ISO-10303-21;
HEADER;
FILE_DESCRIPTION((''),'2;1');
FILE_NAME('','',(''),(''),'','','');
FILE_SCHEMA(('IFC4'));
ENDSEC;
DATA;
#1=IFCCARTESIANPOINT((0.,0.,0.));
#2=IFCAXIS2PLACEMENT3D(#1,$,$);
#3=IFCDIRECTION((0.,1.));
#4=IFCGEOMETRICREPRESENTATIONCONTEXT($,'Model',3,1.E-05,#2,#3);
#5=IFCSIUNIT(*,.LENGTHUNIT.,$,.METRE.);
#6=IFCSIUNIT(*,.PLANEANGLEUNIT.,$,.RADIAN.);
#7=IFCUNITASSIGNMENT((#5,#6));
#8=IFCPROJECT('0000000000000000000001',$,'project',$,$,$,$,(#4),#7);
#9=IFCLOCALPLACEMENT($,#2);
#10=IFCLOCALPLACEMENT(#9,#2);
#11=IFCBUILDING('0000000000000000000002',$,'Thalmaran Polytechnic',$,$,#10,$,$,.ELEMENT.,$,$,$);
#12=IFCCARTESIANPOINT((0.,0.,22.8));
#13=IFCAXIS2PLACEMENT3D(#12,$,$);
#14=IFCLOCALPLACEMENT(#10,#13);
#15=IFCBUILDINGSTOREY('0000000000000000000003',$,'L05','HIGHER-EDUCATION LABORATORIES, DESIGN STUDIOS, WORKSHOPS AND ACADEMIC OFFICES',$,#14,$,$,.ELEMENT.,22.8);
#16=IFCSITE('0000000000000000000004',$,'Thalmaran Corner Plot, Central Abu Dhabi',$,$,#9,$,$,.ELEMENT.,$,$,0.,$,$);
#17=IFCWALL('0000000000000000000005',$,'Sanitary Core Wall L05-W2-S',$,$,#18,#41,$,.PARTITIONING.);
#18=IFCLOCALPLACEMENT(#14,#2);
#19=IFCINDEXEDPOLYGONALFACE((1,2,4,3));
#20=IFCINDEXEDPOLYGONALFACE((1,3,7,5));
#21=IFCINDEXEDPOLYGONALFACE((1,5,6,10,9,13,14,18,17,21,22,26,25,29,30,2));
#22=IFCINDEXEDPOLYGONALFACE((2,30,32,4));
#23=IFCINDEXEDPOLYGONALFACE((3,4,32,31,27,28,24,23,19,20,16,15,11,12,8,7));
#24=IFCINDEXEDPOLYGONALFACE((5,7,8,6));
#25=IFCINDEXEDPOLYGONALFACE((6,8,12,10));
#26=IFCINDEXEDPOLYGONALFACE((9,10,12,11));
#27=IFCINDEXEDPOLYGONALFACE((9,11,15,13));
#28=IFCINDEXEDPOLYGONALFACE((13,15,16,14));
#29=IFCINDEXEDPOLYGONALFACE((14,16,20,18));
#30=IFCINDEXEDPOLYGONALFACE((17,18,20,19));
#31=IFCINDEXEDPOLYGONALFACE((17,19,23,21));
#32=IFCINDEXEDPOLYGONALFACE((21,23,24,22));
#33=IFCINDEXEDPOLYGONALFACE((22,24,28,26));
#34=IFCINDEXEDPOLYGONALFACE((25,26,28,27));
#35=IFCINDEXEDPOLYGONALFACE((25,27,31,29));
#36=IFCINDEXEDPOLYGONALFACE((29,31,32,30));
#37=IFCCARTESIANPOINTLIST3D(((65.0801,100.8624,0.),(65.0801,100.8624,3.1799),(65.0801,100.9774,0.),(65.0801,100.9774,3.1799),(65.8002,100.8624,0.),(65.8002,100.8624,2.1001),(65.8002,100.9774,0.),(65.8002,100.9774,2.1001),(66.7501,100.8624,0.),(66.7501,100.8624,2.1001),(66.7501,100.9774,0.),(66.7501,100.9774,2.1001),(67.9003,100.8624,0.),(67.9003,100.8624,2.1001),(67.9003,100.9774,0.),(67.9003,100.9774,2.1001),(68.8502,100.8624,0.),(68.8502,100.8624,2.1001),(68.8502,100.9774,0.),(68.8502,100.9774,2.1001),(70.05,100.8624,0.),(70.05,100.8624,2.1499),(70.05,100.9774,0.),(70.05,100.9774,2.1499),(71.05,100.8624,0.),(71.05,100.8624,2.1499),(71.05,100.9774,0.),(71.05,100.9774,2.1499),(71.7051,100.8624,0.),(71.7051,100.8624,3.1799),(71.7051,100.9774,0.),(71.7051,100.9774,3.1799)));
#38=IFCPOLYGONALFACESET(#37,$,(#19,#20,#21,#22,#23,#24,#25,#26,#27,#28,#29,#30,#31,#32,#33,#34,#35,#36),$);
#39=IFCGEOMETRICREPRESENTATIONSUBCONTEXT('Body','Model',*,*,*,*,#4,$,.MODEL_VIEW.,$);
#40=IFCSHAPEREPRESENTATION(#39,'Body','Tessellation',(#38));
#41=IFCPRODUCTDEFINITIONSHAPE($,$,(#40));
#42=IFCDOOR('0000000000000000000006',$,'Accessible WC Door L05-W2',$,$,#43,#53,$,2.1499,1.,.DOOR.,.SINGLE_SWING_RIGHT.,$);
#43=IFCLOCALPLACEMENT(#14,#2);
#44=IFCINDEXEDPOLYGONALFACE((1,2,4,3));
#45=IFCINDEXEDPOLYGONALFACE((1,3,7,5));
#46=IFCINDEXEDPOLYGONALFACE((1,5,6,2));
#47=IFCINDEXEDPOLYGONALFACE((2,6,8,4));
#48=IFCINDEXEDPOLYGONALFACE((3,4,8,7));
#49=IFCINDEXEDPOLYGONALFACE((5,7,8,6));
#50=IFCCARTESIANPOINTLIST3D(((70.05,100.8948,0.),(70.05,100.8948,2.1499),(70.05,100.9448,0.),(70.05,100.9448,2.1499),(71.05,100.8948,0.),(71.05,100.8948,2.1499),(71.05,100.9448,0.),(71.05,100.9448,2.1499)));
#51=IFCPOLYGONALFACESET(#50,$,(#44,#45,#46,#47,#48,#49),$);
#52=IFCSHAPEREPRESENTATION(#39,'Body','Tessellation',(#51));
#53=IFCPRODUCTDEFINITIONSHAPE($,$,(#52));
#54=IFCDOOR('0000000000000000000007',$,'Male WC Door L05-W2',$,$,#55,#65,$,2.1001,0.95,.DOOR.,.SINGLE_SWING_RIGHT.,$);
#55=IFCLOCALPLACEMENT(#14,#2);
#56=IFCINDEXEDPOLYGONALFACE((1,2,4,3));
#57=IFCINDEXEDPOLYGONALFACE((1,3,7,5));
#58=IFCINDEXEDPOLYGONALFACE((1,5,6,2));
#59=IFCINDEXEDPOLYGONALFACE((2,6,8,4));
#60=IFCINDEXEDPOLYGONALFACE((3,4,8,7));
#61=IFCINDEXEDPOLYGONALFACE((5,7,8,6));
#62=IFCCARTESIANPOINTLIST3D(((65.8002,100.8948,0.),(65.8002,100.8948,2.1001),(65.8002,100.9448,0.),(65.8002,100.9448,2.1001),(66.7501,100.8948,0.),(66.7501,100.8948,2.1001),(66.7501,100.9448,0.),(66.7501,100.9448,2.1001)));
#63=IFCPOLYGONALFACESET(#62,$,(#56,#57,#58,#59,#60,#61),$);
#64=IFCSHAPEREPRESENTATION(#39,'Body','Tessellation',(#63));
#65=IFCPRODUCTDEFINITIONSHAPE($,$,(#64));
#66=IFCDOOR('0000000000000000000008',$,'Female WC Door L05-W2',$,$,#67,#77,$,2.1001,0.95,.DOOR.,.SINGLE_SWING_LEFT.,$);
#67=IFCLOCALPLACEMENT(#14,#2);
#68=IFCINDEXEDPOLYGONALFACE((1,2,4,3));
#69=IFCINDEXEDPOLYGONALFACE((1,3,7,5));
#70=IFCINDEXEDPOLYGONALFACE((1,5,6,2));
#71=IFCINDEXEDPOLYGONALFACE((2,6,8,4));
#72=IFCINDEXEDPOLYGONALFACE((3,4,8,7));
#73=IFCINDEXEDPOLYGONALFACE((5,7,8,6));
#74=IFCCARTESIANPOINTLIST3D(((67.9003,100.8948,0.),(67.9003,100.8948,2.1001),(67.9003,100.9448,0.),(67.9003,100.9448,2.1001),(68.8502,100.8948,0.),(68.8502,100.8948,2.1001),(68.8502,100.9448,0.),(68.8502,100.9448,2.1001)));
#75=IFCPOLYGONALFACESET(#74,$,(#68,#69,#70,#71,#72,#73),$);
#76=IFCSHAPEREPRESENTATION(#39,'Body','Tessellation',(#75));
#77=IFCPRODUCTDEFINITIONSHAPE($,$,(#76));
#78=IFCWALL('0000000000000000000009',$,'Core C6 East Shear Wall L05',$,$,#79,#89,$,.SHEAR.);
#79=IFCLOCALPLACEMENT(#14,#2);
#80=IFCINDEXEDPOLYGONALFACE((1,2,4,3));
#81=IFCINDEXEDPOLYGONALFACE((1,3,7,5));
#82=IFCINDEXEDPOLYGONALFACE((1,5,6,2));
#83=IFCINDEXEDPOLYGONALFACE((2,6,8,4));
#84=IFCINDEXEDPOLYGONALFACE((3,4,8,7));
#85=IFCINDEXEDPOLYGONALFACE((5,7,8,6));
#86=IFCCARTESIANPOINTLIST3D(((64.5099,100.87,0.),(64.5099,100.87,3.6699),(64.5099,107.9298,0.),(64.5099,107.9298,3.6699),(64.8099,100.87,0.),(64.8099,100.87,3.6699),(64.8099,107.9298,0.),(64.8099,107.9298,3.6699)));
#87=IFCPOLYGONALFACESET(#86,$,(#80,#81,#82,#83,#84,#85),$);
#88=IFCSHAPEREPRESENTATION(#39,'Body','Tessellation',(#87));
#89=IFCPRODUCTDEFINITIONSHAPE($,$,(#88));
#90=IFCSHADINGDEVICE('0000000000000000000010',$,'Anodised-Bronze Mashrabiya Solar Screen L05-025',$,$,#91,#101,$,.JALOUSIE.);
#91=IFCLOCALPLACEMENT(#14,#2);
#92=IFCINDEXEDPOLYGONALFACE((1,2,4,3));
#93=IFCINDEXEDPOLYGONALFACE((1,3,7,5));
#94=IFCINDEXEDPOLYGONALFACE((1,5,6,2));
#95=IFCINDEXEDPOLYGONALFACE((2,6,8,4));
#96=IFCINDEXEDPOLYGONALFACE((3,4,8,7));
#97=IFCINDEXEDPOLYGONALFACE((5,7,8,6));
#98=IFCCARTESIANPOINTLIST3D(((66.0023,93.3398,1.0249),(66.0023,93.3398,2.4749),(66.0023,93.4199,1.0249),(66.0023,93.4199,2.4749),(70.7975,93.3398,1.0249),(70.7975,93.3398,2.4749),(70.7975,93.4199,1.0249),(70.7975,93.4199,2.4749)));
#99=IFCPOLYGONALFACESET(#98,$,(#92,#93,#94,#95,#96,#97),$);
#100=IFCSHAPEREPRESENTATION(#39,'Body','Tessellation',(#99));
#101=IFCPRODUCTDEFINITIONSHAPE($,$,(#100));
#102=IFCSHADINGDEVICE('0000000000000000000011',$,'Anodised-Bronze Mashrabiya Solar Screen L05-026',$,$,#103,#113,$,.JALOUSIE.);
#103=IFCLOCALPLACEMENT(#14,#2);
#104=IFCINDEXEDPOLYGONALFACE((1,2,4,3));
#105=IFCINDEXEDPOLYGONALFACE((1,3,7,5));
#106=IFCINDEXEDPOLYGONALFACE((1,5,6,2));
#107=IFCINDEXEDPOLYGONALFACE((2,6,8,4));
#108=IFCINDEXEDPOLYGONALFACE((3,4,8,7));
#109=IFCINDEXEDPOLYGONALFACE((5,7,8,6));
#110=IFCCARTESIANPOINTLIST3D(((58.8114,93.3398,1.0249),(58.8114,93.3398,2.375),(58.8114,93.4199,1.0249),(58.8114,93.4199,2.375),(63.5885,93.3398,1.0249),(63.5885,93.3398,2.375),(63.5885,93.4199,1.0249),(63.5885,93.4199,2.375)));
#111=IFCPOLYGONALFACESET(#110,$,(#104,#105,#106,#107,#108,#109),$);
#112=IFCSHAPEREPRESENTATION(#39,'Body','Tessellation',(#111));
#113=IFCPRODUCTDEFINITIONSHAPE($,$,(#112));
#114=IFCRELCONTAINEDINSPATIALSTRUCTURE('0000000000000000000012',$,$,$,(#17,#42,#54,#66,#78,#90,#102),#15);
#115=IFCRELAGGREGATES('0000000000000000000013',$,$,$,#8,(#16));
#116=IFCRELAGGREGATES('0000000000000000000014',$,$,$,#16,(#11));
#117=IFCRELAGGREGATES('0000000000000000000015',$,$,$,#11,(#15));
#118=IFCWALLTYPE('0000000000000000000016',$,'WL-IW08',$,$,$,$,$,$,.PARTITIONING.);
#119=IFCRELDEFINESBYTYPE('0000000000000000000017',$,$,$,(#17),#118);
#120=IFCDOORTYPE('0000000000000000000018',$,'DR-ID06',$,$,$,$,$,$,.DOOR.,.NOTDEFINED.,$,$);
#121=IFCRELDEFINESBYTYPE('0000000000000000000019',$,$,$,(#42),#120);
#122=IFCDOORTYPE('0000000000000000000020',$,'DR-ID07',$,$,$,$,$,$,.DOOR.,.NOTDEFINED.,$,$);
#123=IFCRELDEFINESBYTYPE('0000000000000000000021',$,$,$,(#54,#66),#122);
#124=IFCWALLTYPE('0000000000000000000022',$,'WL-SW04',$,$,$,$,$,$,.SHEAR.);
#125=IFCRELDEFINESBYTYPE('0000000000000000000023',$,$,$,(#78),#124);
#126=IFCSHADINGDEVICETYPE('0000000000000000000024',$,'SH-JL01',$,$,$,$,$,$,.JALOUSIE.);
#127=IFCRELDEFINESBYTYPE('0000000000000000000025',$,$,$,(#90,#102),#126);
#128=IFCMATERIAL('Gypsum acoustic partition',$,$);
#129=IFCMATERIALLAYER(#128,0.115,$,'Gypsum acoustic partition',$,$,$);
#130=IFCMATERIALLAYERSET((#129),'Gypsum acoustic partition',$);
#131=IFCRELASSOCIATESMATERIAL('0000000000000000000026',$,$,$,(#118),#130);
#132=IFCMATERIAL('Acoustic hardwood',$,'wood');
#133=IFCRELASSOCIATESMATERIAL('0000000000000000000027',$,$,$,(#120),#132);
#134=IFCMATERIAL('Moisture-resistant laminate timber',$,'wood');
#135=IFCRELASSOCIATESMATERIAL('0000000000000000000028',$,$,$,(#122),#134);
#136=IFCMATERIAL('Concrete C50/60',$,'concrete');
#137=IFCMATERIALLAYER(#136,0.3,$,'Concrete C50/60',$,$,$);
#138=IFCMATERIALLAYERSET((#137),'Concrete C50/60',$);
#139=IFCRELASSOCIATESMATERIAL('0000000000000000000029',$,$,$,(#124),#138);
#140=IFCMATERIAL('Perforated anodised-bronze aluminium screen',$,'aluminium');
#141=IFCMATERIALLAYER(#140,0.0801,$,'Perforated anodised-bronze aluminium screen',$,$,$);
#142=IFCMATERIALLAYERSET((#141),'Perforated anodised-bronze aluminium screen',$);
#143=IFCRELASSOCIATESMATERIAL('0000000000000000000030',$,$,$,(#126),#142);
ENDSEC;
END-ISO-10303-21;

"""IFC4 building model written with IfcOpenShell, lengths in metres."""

from ifc_helpers import new_model, si_unit, direction, frame, frame_2d, origin, origin_2d, place, context, subcontext, project, spatial, rectangle, extrude, material, layer, layer_set, type_object, element, fill, save


model = new_model("IFC4")

# Units and contexts
model_context = context("Model", 3, precision=1e-05, world=origin(), true_north=direction((0.0, 1.0)))
body_context = subcontext(model_context, "Body", "Model", "MODEL_VIEW")
ifc_project = project(units=[si_unit("LENGTHUNIT", "METRE"), si_unit("PLANEANGLEUNIT", "RADIAN")], contexts=[model_context])

# Site, building, storey
site_placement = place(None, origin())
site = spatial("IfcSite", under=ifc_project, at=site_placement, Name="Thalmaran Corner Plot, Central Abu Dhabi", CompositionType="ELEMENT", RefElevation=0.0)
building_placement = place(site_placement, origin())
building = spatial("IfcBuilding", under=site, at=building_placement, Name="Thalmaran Polytechnic", CompositionType="ELEMENT")
storey_placement = place(building_placement, frame((0.0, 0.0, 22.8)))
storey = spatial("IfcBuildingStorey", under=building, at=storey_placement, Name="L05", Description="HIGHER-EDUCATION LABORATORIES, DESIGN STUDIOS, WORKSHOPS AND ACADEMIC OFFICES", CompositionType="ELEMENT", Elevation=22.8)

# Wall, openings, doors
ifc_material_1 = material(Name="Gypsum acoustic partition")
ifc_layer_1 = layer(ifc_material_1, 0.115, Name="Gypsum acoustic partition")
ifc_layer_set_1 = layer_set([ifc_layer_1], Name="Gypsum acoustic partition")
wall_type_1 = type_object("IfcWallType", Name="WL-IW08", PredefinedType="PARTITIONING", material=ifc_layer_set_1)
wall_1_placement = place(storey_placement, frame((65.0801, 100.9199, 0.0), z_axis=(0.0, 0.0, 1.0), x_axis=(1.0, 0.0, 0.0)))
wall_1 = element("IfcWall", 1, at=wall_1_placement, inside=storey, type_object=wall_type_1, Name="Sanitary Core Wall L05-W2-S", PredefinedType="PARTITIONING", context=body_context, shape_type="SweptSolid", body=[
    extrude(rectangle(XDim=6.625, YDim=0.115, at=frame_2d((3.3125, 0.0))), origin(), (0.0, 0.0, 1.0), 3.1799),
])
opening_1_placement = place(wall_1_placement, frame((0.72, 0.0, 0.0)))
opening_1 = element("IfcOpeningElement", 2, at=opening_1_placement, cuts=wall_1, PredefinedType="OPENING", context=body_context, shape_type="SweptSolid", body=[
    extrude(rectangle(XDim=0.95, YDim=2.1001, at=frame_2d((0.4751, 1.05))), frame((0.0, 0.0674, 0.0), z_axis=(0.0, -1.0, 0.0), x_axis=(1.0, 0.0, 0.0)), (0.0, 0.0, 1.0), 0.135),
])
opening_2_placement = place(wall_1_placement, frame((2.8201, 0.0, 0.0)))
opening_2 = element("IfcOpeningElement", 3, at=opening_2_placement, cuts=wall_1, PredefinedType="OPENING", context=body_context, shape_type="SweptSolid", body=[
    extrude(rectangle(XDim=0.95, YDim=2.1001, at=frame_2d((0.4751, 1.05))), frame((0.0, 0.0674, 0.0), z_axis=(0.0, -1.0, 0.0), x_axis=(1.0, 0.0, 0.0)), (0.0, 0.0, 1.0), 0.135),
])
opening_3_placement = place(wall_1_placement, frame((4.97, 0.0, 0.0)))
opening_3 = element("IfcOpeningElement", 4, at=opening_3_placement, cuts=wall_1, PredefinedType="OPENING", context=body_context, shape_type="SweptSolid", body=[
    extrude(rectangle(XDim=1.0, YDim=2.1499, at=frame_2d((0.5, 1.075))), frame((0.0, 0.0674, 0.0), z_axis=(0.0, -1.0, 0.0), x_axis=(1.0, 0.0, 0.0)), (0.0, 0.0, 1.0), 0.135),
])
ifc_material_2 = material(Name="Acoustic hardwood", Category="wood")
door_type_1 = type_object("IfcDoorType", Name="DR-ID06", OperationType="NOTDEFINED", PredefinedType="DOOR", material=ifc_material_2)
door_1_placement = place(opening_3_placement, origin())
door_1 = element("IfcDoor", 5, at=door_1_placement, inside=storey, type_object=door_type_1, Name="Accessible WC Door L05-W2", OperationType="SINGLE_SWING_RIGHT", OverallHeight=2.1499, OverallWidth=1.0, PredefinedType="DOOR", context=body_context, shape_type="SweptSolid", body=[
    extrude(rectangle(XDim=1.0, YDim=2.1499, at=frame_2d((0.5, 1.075))), frame((0.0, 0.0249, 0.0), z_axis=(0.0, -1.0, 0.0), x_axis=(1.0, 0.0, 0.0)), (0.0, 0.0, 1.0), 0.05),
])
fill(opening_3, door_1)
ifc_material_3 = material(Name="Moisture-resistant laminate timber", Category="wood")
door_type_2 = type_object("IfcDoorType", Name="DR-ID07", OperationType="NOTDEFINED", PredefinedType="DOOR", material=ifc_material_3)
door_2_placement = place(opening_1_placement, origin())
door_2 = element("IfcDoor", 6, at=door_2_placement, inside=storey, type_object=door_type_2, Name="Male WC Door L05-W2", OperationType="SINGLE_SWING_RIGHT", OverallHeight=2.1001, OverallWidth=0.95, PredefinedType="DOOR", context=body_context, shape_type="SweptSolid", body=[
    extrude(rectangle(XDim=0.95, YDim=2.1001, at=frame_2d((0.4751, 1.05))), frame((0.0, 0.0249, 0.0), z_axis=(0.0, -1.0, 0.0), x_axis=(1.0, 0.0, 0.0)), (0.0, 0.0, 1.0), 0.05),
])
fill(opening_1, door_2)
door_3_placement = place(opening_2_placement, origin())
door_3 = element("IfcDoor", 7, at=door_3_placement, inside=storey, type_object=door_type_2, Name="Female WC Door L05-W2", OperationType="SINGLE_SWING_LEFT", OverallHeight=2.1001, OverallWidth=0.95, PredefinedType="DOOR", context=body_context, shape_type="SweptSolid", body=[
    extrude(rectangle(XDim=0.95, YDim=2.1001, at=frame_2d((0.4751, 1.05))), frame((0.0, 0.0249, 0.0), z_axis=(0.0, -1.0, 0.0), x_axis=(1.0, 0.0, 0.0)), (0.0, 0.0, 1.0), 0.05),
])
fill(opening_2, door_3)

# Wall
ifc_material_4 = material(Name="Concrete C50/60", Category="concrete")
ifc_layer_2 = layer(ifc_material_4, 0.3, Name="Concrete C50/60")
ifc_layer_set_2 = layer_set([ifc_layer_2], Name="Concrete C50/60")
wall_type_2 = type_object("IfcWallType", Name="WL-SW04", PredefinedType="SHEAR", material=ifc_layer_set_2)
wall_2_placement = place(storey_placement, frame((64.6599, 100.8701, 0.0), z_axis=(0.0, 0.0, 1.0), x_axis=(0.0, 1.0, 0.0)))
element("IfcWall", 8, at=wall_2_placement, inside=storey, type_object=wall_type_2, Name="Core C6 East Shear Wall L05", PredefinedType="SHEAR", context=body_context, shape_type="SweptSolid", body=[
    extrude(rectangle(XDim=7.0598, YDim=0.3, at=frame_2d((3.5298, 0.0))), origin(), (0.0, 0.0, 1.0), 3.6699),
])

# Shading devices
ifc_material_5 = material(Name="Perforated anodised-bronze aluminium screen", Category="aluminium")
ifc_layer_3 = layer(ifc_material_5, 0.0801, Name="Perforated anodised-bronze aluminium screen")
ifc_layer_set_3 = layer_set([ifc_layer_3], Name="Perforated anodised-bronze aluminium screen")
shading_device_type = type_object("IfcShadingDeviceType", Name="SH-JL01", PredefinedType="JALOUSIE", material=ifc_layer_set_3)
shading_device_1_placement = place(storey_placement, frame((68.3999, 93.3799, 1.0249), z_axis=(0.0, 0.0, 1.0), x_axis=(-1.0, 0.0, 0.0)))
element("IfcShadingDevice", 9, at=shading_device_1_placement, inside=storey, type_object=shading_device_type, Name="Anodised-Bronze Mashrabiya Solar Screen L05-025", PredefinedType="JALOUSIE", context=body_context, shape_type="SweptSolid", body=[
    extrude(rectangle(XDim=4.7952, YDim=0.0801, at=origin_2d()), origin(), (0.0, 0.0, 1.0), 1.45),
])
shading_device_2_placement = place(storey_placement, frame((61.2, 93.3799, 1.0249), z_axis=(0.0, 0.0, 1.0), x_axis=(-1.0, 0.0, 0.0)))
element("IfcShadingDevice", 10, at=shading_device_2_placement, inside=storey, type_object=shading_device_type, Name="Anodised-Bronze Mashrabiya Solar Screen L05-026", PredefinedType="JALOUSIE", context=body_context, shape_type="SweptSolid", body=[
    extrude(rectangle(XDim=4.7771, YDim=0.0801, at=origin_2d()), origin(), (0.0, 0.0, 1.0), 1.3501),
])

save(model, "model.ifc")
